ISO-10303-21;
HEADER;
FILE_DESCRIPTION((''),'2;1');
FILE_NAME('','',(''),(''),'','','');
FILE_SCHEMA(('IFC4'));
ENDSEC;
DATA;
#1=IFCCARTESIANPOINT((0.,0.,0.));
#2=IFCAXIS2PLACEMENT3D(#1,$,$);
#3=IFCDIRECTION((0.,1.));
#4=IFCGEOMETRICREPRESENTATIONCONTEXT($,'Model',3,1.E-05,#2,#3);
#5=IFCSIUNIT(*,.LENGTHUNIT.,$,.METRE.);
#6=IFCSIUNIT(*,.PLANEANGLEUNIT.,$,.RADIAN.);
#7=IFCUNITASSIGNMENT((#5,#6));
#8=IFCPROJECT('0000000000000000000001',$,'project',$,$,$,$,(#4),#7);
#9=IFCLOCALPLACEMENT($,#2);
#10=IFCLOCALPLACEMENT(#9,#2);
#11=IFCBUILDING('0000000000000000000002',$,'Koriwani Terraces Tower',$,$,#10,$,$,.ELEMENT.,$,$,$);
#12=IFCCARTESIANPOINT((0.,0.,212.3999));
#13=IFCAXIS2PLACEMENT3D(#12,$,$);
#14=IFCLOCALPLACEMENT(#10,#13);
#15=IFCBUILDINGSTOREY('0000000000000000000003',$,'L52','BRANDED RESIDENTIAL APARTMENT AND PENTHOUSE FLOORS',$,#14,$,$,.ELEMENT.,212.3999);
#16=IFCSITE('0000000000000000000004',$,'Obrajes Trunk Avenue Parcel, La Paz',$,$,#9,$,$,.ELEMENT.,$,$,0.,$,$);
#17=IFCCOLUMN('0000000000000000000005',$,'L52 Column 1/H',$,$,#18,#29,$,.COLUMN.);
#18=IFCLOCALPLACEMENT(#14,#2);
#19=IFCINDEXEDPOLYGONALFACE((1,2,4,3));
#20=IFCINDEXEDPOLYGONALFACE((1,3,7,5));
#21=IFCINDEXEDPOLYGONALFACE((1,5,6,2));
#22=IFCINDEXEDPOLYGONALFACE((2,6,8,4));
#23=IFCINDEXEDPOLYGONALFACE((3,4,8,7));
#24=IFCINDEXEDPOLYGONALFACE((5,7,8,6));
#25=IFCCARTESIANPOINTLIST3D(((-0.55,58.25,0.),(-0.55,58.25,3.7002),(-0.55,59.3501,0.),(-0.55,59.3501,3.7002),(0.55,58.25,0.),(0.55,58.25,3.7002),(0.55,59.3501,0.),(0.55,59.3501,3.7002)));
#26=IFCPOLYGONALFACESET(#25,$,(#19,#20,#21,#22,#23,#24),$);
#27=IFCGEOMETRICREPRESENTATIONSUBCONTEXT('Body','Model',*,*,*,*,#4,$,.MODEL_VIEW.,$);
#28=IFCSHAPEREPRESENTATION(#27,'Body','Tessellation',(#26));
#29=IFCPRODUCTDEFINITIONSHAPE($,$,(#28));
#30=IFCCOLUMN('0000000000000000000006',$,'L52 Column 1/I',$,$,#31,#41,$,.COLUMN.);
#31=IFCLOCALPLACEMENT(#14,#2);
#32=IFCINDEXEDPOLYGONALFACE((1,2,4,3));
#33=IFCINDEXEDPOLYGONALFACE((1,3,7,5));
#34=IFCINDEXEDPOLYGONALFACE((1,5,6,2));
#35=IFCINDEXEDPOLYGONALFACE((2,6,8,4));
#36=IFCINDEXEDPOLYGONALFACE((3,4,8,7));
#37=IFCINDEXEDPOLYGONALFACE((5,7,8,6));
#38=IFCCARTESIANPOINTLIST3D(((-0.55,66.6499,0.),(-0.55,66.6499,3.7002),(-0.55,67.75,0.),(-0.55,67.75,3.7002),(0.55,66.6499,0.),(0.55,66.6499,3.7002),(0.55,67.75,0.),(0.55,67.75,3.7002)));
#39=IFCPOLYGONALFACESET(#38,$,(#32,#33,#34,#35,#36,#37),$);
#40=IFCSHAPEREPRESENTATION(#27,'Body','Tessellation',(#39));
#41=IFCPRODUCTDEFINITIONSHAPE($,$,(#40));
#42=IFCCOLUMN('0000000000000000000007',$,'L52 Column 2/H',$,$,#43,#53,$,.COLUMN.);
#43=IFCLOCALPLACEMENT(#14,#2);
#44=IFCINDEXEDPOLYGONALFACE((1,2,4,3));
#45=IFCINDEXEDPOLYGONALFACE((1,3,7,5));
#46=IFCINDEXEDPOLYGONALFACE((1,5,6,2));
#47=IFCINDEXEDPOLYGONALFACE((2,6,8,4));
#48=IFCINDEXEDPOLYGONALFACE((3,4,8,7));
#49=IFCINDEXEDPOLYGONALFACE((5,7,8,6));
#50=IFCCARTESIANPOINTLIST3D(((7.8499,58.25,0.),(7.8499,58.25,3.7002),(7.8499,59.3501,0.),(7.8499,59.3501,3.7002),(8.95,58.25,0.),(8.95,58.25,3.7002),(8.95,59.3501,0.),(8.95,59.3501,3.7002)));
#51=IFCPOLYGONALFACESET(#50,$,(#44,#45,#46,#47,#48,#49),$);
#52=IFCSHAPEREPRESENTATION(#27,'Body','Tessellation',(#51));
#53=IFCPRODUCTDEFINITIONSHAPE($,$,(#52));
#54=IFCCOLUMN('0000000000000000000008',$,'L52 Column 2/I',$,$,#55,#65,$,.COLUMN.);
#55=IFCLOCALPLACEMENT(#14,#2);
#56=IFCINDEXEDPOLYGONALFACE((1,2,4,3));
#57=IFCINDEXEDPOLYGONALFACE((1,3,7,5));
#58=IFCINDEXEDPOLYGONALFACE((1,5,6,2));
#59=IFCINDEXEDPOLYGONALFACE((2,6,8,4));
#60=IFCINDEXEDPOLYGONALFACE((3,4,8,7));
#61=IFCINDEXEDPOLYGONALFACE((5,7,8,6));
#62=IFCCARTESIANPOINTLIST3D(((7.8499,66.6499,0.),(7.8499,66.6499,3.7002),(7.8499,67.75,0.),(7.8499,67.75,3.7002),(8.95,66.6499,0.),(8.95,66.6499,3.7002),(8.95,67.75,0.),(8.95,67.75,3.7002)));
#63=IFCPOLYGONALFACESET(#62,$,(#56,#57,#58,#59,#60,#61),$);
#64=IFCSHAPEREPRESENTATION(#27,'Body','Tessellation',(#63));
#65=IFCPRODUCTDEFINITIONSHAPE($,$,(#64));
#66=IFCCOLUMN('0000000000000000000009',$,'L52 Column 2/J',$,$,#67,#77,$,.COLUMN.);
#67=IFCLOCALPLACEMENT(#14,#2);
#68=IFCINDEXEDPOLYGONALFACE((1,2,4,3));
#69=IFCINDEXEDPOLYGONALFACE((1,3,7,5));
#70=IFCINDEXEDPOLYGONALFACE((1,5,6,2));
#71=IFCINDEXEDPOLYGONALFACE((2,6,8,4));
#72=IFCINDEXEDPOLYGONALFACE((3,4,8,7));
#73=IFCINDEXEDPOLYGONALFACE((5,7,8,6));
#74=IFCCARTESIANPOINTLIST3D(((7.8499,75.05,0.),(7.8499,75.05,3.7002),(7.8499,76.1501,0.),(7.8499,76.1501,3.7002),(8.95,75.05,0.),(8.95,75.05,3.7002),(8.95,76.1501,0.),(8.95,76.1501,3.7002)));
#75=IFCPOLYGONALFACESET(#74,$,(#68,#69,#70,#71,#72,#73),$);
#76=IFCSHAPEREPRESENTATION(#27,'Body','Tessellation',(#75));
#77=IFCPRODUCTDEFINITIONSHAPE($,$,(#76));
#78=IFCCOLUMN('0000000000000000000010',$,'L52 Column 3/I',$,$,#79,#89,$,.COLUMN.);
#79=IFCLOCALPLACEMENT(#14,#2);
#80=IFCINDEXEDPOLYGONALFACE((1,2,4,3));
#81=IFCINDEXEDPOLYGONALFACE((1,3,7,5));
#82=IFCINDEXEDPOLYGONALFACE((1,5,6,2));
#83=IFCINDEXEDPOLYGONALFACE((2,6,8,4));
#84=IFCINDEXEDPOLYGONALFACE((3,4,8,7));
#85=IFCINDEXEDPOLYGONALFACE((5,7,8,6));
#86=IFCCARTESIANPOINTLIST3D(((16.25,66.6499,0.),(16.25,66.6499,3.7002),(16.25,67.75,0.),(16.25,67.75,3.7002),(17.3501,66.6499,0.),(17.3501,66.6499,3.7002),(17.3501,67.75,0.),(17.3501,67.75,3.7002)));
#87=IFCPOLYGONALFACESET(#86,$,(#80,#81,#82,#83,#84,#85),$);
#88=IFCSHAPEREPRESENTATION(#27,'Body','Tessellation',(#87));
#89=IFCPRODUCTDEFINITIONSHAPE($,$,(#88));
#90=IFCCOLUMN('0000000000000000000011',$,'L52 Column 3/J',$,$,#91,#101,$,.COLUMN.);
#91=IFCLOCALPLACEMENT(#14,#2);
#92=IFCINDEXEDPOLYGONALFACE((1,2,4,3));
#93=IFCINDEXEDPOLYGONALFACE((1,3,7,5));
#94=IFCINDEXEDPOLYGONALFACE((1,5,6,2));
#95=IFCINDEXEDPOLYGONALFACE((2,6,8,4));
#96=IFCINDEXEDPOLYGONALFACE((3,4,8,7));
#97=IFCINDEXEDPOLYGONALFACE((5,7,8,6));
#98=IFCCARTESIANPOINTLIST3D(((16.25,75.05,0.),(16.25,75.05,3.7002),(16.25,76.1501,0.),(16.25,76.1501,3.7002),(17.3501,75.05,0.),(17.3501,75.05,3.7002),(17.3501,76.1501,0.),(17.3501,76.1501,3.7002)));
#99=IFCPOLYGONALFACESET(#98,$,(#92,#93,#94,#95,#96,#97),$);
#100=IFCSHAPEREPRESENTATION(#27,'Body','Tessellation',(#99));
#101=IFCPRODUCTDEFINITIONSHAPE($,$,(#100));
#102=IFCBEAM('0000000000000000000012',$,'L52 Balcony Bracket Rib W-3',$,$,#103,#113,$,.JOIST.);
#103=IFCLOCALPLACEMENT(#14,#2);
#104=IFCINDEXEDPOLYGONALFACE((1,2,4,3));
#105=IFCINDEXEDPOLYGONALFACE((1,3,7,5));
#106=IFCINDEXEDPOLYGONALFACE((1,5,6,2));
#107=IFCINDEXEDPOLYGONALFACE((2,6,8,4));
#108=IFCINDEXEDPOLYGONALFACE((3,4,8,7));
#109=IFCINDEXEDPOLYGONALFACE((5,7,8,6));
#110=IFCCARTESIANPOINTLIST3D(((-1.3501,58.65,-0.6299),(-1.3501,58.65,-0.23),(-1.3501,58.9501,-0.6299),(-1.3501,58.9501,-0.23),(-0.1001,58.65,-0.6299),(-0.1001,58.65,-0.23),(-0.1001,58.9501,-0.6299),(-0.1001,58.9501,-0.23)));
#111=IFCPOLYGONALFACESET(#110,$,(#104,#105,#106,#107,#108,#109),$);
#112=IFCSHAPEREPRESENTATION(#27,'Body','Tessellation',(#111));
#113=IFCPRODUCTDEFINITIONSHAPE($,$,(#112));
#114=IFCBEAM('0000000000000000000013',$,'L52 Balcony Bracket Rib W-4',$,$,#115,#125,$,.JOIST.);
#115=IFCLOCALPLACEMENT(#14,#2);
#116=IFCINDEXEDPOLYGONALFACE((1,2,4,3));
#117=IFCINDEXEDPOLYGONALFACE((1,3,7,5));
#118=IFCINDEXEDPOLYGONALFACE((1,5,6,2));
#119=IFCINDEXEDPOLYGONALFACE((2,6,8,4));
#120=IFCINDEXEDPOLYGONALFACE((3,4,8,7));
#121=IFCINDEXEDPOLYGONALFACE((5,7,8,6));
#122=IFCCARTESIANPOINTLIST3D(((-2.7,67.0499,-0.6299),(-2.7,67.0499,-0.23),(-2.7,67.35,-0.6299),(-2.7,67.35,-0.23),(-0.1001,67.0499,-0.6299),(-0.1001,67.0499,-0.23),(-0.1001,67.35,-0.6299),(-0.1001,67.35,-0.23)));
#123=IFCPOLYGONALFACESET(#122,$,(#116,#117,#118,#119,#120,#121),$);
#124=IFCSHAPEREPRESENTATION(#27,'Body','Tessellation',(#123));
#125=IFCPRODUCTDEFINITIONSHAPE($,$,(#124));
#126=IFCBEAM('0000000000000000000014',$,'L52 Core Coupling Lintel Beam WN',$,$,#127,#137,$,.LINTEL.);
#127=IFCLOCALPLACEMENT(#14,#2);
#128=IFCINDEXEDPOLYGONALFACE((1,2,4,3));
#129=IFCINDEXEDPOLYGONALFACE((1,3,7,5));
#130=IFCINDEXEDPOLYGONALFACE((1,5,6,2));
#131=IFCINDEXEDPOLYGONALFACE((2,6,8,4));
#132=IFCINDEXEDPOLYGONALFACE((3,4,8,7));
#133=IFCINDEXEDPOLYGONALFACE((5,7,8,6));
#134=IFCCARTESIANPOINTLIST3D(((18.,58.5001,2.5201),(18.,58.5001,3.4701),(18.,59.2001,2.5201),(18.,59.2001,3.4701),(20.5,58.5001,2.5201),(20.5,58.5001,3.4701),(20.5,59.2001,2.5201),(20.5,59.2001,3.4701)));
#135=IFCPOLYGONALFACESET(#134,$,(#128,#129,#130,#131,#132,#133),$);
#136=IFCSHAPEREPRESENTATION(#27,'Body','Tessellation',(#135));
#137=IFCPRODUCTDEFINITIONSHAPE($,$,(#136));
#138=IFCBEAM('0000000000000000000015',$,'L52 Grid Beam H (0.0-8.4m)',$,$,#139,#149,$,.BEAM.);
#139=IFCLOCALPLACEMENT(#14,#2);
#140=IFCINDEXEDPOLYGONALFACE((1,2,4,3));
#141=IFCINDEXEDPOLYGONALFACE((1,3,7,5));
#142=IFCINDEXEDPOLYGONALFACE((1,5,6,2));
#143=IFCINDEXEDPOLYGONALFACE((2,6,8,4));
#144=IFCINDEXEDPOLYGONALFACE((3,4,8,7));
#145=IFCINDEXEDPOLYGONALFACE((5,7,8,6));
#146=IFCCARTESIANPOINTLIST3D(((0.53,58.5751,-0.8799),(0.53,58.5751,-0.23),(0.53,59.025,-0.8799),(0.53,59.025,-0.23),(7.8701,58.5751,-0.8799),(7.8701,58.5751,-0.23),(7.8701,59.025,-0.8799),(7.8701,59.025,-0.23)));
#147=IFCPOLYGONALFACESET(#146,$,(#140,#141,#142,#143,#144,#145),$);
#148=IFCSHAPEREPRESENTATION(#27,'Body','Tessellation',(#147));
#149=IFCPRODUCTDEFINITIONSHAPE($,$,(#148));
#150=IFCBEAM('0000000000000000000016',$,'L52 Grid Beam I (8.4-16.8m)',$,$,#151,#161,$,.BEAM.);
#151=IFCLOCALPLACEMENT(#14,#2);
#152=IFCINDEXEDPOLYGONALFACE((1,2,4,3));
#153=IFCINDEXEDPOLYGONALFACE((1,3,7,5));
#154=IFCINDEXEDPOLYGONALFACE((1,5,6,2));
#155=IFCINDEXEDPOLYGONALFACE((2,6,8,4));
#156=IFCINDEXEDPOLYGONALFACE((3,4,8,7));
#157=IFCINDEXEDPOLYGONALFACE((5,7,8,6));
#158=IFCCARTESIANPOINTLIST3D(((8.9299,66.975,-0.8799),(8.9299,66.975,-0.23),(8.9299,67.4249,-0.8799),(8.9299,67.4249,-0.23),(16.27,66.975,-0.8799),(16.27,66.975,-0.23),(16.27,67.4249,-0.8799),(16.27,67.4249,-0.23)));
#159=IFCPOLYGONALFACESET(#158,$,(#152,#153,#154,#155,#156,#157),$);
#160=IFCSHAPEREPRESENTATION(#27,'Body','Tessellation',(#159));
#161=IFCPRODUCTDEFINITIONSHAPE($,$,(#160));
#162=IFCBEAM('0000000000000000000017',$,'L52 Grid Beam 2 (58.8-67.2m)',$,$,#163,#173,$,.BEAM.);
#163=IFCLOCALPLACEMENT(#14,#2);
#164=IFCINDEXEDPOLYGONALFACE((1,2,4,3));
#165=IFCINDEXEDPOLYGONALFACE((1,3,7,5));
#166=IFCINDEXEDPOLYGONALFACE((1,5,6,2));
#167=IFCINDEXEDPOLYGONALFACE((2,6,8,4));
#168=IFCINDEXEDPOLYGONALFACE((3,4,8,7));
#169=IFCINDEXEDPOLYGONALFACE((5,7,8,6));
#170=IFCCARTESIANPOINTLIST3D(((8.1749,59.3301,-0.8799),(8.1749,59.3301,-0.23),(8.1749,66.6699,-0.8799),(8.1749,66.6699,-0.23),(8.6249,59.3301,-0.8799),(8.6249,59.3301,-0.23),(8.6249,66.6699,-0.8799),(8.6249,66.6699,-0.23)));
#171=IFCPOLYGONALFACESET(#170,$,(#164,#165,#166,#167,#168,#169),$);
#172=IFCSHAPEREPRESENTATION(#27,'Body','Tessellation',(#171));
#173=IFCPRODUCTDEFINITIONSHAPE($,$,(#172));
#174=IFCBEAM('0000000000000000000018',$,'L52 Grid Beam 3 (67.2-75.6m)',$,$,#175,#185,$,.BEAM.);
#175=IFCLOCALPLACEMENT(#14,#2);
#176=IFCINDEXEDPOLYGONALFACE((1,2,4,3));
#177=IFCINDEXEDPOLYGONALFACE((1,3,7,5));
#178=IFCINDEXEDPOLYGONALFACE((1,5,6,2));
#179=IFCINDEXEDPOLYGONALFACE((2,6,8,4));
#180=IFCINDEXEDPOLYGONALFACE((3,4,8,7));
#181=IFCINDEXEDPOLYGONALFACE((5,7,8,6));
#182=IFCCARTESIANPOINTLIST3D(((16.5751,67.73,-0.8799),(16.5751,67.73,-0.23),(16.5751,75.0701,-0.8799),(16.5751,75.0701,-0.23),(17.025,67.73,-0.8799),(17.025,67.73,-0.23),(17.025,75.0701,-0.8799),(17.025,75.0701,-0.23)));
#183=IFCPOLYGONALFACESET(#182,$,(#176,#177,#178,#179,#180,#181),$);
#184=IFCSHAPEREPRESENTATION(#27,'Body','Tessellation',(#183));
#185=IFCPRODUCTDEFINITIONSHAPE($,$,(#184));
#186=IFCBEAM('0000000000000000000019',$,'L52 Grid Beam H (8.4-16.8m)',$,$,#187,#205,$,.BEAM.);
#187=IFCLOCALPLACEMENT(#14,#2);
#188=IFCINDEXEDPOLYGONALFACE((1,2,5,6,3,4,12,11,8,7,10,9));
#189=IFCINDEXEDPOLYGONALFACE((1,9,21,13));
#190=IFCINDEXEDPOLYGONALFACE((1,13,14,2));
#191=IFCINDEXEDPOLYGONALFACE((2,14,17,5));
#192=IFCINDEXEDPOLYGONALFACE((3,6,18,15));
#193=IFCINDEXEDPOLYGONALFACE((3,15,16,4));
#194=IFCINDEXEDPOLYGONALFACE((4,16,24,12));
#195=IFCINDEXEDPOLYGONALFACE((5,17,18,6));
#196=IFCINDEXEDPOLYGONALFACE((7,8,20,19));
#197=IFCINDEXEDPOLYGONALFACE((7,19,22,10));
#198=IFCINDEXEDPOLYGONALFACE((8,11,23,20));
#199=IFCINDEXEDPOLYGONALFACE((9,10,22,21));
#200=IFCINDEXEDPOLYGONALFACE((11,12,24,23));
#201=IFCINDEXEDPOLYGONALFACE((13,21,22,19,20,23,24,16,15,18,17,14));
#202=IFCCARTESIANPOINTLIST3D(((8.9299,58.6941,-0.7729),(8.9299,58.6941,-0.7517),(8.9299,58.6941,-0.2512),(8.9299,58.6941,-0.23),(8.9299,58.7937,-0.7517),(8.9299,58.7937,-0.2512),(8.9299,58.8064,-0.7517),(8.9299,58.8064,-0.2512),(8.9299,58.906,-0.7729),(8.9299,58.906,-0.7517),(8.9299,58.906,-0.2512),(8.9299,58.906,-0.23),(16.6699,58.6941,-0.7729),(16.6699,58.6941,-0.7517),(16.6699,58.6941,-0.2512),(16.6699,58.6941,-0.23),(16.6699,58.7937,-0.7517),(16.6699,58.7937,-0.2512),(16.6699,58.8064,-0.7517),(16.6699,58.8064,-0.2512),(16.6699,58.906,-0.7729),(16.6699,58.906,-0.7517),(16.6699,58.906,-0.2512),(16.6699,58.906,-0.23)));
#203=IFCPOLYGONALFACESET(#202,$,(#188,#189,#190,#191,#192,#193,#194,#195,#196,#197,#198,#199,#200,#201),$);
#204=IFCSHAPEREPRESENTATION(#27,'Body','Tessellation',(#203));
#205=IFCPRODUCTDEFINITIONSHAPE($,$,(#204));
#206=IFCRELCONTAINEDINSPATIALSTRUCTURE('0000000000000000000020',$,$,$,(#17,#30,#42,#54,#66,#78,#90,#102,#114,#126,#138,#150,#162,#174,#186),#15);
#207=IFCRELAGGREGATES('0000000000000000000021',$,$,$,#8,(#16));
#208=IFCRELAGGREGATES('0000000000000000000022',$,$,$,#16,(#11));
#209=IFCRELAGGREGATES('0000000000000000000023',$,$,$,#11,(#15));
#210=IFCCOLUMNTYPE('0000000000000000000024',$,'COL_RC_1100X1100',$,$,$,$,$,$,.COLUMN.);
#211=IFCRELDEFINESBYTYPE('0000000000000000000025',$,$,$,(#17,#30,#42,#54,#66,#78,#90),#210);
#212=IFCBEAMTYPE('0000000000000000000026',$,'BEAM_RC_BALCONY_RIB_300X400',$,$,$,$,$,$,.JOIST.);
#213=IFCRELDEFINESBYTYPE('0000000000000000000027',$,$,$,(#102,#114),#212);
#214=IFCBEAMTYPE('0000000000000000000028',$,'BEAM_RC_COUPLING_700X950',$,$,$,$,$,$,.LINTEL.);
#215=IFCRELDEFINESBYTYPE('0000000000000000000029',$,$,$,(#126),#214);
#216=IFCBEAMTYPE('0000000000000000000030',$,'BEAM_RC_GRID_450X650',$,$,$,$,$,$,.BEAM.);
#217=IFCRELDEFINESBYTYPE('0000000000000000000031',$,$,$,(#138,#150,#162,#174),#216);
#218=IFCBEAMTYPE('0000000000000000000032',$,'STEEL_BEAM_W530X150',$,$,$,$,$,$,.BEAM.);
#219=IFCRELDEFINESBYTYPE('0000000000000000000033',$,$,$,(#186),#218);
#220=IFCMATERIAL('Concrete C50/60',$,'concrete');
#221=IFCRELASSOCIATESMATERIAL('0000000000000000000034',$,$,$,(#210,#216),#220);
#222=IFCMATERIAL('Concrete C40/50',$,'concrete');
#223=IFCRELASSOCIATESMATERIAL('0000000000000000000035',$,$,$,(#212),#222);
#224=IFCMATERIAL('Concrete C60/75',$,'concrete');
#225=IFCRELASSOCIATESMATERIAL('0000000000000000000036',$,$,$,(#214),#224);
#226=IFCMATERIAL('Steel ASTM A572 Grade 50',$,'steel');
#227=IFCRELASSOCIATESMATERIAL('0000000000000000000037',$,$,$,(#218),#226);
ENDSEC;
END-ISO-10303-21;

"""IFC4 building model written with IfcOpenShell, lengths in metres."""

from ifc_helpers import new_model, si_unit, direction, frame, origin, origin_2d, place, context, subcontext, project, spatial, rectangle, i_section, extrude, material, material_profile, profile_set, type_object, element, save


model = new_model("IFC4")

# Units and contexts
model_context = context("Model", 3, precision=1e-05, world=origin(), true_north=direction((0.0, 1.0)))
body_context = subcontext(model_context, "Body", "Model", "MODEL_VIEW")
ifc_project = project(units=[si_unit("LENGTHUNIT", "METRE"), si_unit("PLANEANGLEUNIT", "RADIAN")], contexts=[model_context])

# Site, building, storey
site_placement = place(None, origin())
site = spatial("IfcSite", under=ifc_project, at=site_placement, Name="Obrajes Trunk Avenue Parcel, La Paz", CompositionType="ELEMENT", RefElevation=0.0)
building_placement = place(site_placement, origin())
building = spatial("IfcBuilding", under=site, at=building_placement, Name="Koriwani Terraces Tower", CompositionType="ELEMENT")
storey_placement = place(building_placement, frame((0.0, 0.0, 212.3999)))
storey = spatial("IfcBuildingStorey", under=building, at=storey_placement, Name="L52", Description="BRANDED RESIDENTIAL APARTMENT AND PENTHOUSE FLOORS", CompositionType="ELEMENT", Elevation=212.3999)

# Columns
ifc_material_1 = material(Name="Concrete C50/60", Category="concrete")
ifc_material_profile_1 = material_profile(ifc_material_1, rectangle(XDim=1.1001, YDim=1.1001, at=origin_2d()), Name="Concrete C50/60", Category="LoadBearing")
ifc_profile_set_1 = profile_set([ifc_material_profile_1], Name="Concrete C50/60")
column_type = type_object("IfcColumnType", Name="COL_RC_1100X1100", PredefinedType="COLUMN", material=ifc_profile_set_1)
for number, where, z_axis, x_axis, name in (
    (1, (0.0, 58.8, 0.0), (0.0, 0.0, 1.0), (1.0, 0.0, 0.0), "L52 Column 1/H"),
    (2, (0.0, 67.2, 0.0), (0.0, 0.0, 1.0), (1.0, 0.0, 0.0), "L52 Column 1/I"),
    (3, (8.3999, 58.8, 0.0), (0.0, 0.0, 1.0), (1.0, 0.0, 0.0), "L52 Column 2/H"),
    (4, (8.3999, 67.2, 0.0), (0.0, 0.0, 1.0), (1.0, 0.0, 0.0), "L52 Column 2/I"),
    (5, (8.3999, 75.6001, 0.0), (0.0, 0.0, 1.0), (1.0, 0.0, 0.0), "L52 Column 2/J"),
    (6, (16.8, 67.2, 0.0), (0.0, 0.0, 1.0), (1.0, 0.0, 0.0), "L52 Column 3/I"),
    (7, (16.8, 75.6001, 0.0), (0.0, 0.0, 1.0), (1.0, 0.0, 0.0), "L52 Column 3/J"),
):
    element("IfcColumn", number, at=place(storey_placement, frame(where, z_axis=z_axis, x_axis=x_axis)), inside=storey, type_object=column_type, Name=name, PredefinedType="COLUMN", context=body_context, shape_type="SweptSolid", body=[
        extrude(rectangle(XDim=1.1001, YDim=1.1001, at=origin_2d()), origin(), (0.0, 0.0, 1.0), 3.7002),
    ])

# Beams
ifc_material_2 = material(Name="Concrete C40/50", Category="concrete")
ifc_material_profile_2 = material_profile(ifc_material_2, rectangle(XDim=0.3, YDim=0.3999, at=origin_2d()), Name="Concrete C40/50", Category="LoadBearing")
ifc_profile_set_2 = profile_set([ifc_material_profile_2], Name="Concrete C40/50")
beam_type_1 = type_object("IfcBeamType", Name="BEAM_RC_BALCONY_RIB_300X400", PredefinedType="JOIST", material=ifc_profile_set_2)
beam_1_placement = place(storey_placement, frame((-1.3501, 58.8, -0.4299), z_axis=(1.0, 0.0, 0.0), x_axis=(0.0, 1.0, 0.0)))
element("IfcBeam", 8, at=beam_1_placement, inside=storey, type_object=beam_type_1, Name="L52 Balcony Bracket Rib W-3", PredefinedType="JOIST", context=body_context, shape_type="SweptSolid", body=[
    extrude(rectangle(XDim=0.3, YDim=0.3999, at=origin_2d()), origin(), (0.0, 0.0, 1.0), 1.25),
])
beam_2_placement = place(storey_placement, frame((-2.7, 67.2, -0.4299), z_axis=(1.0, 0.0, 0.0), x_axis=(0.0, 1.0, 0.0)))
element("IfcBeam", 9, at=beam_2_placement, inside=storey, type_object=beam_type_1, Name="L52 Balcony Bracket Rib W-4", PredefinedType="JOIST", context=body_context, shape_type="SweptSolid", body=[
    extrude(rectangle(XDim=0.3, YDim=0.3999, at=origin_2d()), origin(), (0.0, 0.0, 1.0), 2.5999),
])
ifc_material_3 = material(Name="Concrete C60/75", Category="concrete")
ifc_material_profile_3 = material_profile(ifc_material_3, rectangle(XDim=0.7, YDim=0.95, at=origin_2d()), Name="Concrete C60/75", Category="LoadBearing")
ifc_profile_set_3 = profile_set([ifc_material_profile_3], Name="Concrete C60/75")
beam_type_2 = type_object("IfcBeamType", Name="BEAM_RC_COUPLING_700X950", PredefinedType="LINTEL", material=ifc_profile_set_3)
beam_3_placement = place(storey_placement, frame((18.0, 58.8501, 2.9951), z_axis=(1.0, 0.0, 0.0), x_axis=(0.0, 1.0, 0.0)))
element("IfcBeam", 10, at=beam_3_placement, inside=storey, type_object=beam_type_2, Name="L52 Core Coupling Lintel Beam WN", PredefinedType="LINTEL", context=body_context, shape_type="SweptSolid", body=[
    extrude(rectangle(XDim=0.7, YDim=0.95, at=origin_2d()), origin(), (0.0, 0.0, 1.0), 2.5),
])
ifc_material_profile_4 = material_profile(ifc_material_1, rectangle(XDim=0.45, YDim=0.6499, at=origin_2d()), Name="Concrete C50/60", Category="LoadBearing")
ifc_profile_set_4 = profile_set([ifc_material_profile_4], Name="Concrete C50/60")
beam_type_3 = type_object("IfcBeamType", Name="BEAM_RC_GRID_450X650", PredefinedType="BEAM", material=ifc_profile_set_4)
for number, where, z_axis, x_axis, name in (
    (11, (0.53, 58.8, -0.5549), (1.0, 0.0, 0.0), (0.0, 1.0, 0.0), "L52 Grid Beam H (0.0-8.4m)"),
    (12, (8.9299, 67.2, -0.5549), (1.0, 0.0, 0.0), (0.0, 1.0, 0.0), "L52 Grid Beam I (8.4-16.8m)"),
):
    element("IfcBeam", number, at=place(storey_placement, frame(where, z_axis=z_axis, x_axis=x_axis)), inside=storey, type_object=beam_type_3, Name=name, PredefinedType="BEAM", context=body_context, shape_type="SweptSolid", body=[
        extrude(rectangle(XDim=0.45, YDim=0.6499, at=origin_2d()), origin(), (0.0, 0.0, 1.0), 7.3401),
    ])
beam_4_placement = place(storey_placement, frame((8.3999, 59.3301, -0.5549), z_axis=(0.0, 1.0, 0.0), x_axis=(-1.0, 0.0, 0.0)))
element("IfcBeam", 13, at=beam_4_placement, inside=storey, type_object=beam_type_3, Name="L52 Grid Beam 2 (58.8-67.2m)", PredefinedType="BEAM", context=body_context, shape_type="SweptSolid", body=[
    extrude(rectangle(XDim=0.45, YDim=0.6499, at=origin_2d()), origin(), (0.0, 0.0, 1.0), 7.3398),
])
beam_5_placement = place(storey_placement, frame((16.8, 67.73, -0.5549), z_axis=(0.0, 1.0, 0.0), x_axis=(-1.0, 0.0, 0.0)))
element("IfcBeam", 14, at=beam_5_placement, inside=storey, type_object=beam_type_3, Name="L52 Grid Beam 3 (67.2-75.6m)", PredefinedType="BEAM", context=body_context, shape_type="SweptSolid", body=[
    extrude(rectangle(XDim=0.45, YDim=0.6499, at=origin_2d()), origin(), (0.0, 0.0, 1.0), 7.3401),
])
ifc_material_4 = material(Name="Steel ASTM A572 Grade 50", Category="steel")
ifc_material_profile_5 = material_profile(ifc_material_4, i_section(OverallWidth=0.2119, OverallDepth=0.543, WebThickness=0.0127, FlangeThickness=0.0212, at=origin_2d()), Name="Steel ASTM A572 Grade 50", Category="LoadBearing")
ifc_profile_set_5 = profile_set([ifc_material_profile_5], Name="Steel ASTM A572 Grade 50")
beam_type_4 = type_object("IfcBeamType", Name="STEEL_BEAM_W530X150", PredefinedType="BEAM", material=ifc_profile_set_5)
beam_6_placement = place(storey_placement, frame((8.9299, 58.8, -0.5015), z_axis=(1.0, 0.0, 0.0), x_axis=(0.0, 1.0, 0.0)))
element("IfcBeam", 15, at=beam_6_placement, inside=storey, type_object=beam_type_4, Name="L52 Grid Beam H (8.4-16.8m)", PredefinedType="BEAM", context=body_context, shape_type="SweptSolid", body=[
    extrude(i_section(OverallWidth=0.2119, OverallDepth=0.543, WebThickness=0.0127, FlangeThickness=0.0212, at=origin_2d()), origin(), (0.0, 0.0, 1.0), 7.74),
])

save(model, "model.ifc")
